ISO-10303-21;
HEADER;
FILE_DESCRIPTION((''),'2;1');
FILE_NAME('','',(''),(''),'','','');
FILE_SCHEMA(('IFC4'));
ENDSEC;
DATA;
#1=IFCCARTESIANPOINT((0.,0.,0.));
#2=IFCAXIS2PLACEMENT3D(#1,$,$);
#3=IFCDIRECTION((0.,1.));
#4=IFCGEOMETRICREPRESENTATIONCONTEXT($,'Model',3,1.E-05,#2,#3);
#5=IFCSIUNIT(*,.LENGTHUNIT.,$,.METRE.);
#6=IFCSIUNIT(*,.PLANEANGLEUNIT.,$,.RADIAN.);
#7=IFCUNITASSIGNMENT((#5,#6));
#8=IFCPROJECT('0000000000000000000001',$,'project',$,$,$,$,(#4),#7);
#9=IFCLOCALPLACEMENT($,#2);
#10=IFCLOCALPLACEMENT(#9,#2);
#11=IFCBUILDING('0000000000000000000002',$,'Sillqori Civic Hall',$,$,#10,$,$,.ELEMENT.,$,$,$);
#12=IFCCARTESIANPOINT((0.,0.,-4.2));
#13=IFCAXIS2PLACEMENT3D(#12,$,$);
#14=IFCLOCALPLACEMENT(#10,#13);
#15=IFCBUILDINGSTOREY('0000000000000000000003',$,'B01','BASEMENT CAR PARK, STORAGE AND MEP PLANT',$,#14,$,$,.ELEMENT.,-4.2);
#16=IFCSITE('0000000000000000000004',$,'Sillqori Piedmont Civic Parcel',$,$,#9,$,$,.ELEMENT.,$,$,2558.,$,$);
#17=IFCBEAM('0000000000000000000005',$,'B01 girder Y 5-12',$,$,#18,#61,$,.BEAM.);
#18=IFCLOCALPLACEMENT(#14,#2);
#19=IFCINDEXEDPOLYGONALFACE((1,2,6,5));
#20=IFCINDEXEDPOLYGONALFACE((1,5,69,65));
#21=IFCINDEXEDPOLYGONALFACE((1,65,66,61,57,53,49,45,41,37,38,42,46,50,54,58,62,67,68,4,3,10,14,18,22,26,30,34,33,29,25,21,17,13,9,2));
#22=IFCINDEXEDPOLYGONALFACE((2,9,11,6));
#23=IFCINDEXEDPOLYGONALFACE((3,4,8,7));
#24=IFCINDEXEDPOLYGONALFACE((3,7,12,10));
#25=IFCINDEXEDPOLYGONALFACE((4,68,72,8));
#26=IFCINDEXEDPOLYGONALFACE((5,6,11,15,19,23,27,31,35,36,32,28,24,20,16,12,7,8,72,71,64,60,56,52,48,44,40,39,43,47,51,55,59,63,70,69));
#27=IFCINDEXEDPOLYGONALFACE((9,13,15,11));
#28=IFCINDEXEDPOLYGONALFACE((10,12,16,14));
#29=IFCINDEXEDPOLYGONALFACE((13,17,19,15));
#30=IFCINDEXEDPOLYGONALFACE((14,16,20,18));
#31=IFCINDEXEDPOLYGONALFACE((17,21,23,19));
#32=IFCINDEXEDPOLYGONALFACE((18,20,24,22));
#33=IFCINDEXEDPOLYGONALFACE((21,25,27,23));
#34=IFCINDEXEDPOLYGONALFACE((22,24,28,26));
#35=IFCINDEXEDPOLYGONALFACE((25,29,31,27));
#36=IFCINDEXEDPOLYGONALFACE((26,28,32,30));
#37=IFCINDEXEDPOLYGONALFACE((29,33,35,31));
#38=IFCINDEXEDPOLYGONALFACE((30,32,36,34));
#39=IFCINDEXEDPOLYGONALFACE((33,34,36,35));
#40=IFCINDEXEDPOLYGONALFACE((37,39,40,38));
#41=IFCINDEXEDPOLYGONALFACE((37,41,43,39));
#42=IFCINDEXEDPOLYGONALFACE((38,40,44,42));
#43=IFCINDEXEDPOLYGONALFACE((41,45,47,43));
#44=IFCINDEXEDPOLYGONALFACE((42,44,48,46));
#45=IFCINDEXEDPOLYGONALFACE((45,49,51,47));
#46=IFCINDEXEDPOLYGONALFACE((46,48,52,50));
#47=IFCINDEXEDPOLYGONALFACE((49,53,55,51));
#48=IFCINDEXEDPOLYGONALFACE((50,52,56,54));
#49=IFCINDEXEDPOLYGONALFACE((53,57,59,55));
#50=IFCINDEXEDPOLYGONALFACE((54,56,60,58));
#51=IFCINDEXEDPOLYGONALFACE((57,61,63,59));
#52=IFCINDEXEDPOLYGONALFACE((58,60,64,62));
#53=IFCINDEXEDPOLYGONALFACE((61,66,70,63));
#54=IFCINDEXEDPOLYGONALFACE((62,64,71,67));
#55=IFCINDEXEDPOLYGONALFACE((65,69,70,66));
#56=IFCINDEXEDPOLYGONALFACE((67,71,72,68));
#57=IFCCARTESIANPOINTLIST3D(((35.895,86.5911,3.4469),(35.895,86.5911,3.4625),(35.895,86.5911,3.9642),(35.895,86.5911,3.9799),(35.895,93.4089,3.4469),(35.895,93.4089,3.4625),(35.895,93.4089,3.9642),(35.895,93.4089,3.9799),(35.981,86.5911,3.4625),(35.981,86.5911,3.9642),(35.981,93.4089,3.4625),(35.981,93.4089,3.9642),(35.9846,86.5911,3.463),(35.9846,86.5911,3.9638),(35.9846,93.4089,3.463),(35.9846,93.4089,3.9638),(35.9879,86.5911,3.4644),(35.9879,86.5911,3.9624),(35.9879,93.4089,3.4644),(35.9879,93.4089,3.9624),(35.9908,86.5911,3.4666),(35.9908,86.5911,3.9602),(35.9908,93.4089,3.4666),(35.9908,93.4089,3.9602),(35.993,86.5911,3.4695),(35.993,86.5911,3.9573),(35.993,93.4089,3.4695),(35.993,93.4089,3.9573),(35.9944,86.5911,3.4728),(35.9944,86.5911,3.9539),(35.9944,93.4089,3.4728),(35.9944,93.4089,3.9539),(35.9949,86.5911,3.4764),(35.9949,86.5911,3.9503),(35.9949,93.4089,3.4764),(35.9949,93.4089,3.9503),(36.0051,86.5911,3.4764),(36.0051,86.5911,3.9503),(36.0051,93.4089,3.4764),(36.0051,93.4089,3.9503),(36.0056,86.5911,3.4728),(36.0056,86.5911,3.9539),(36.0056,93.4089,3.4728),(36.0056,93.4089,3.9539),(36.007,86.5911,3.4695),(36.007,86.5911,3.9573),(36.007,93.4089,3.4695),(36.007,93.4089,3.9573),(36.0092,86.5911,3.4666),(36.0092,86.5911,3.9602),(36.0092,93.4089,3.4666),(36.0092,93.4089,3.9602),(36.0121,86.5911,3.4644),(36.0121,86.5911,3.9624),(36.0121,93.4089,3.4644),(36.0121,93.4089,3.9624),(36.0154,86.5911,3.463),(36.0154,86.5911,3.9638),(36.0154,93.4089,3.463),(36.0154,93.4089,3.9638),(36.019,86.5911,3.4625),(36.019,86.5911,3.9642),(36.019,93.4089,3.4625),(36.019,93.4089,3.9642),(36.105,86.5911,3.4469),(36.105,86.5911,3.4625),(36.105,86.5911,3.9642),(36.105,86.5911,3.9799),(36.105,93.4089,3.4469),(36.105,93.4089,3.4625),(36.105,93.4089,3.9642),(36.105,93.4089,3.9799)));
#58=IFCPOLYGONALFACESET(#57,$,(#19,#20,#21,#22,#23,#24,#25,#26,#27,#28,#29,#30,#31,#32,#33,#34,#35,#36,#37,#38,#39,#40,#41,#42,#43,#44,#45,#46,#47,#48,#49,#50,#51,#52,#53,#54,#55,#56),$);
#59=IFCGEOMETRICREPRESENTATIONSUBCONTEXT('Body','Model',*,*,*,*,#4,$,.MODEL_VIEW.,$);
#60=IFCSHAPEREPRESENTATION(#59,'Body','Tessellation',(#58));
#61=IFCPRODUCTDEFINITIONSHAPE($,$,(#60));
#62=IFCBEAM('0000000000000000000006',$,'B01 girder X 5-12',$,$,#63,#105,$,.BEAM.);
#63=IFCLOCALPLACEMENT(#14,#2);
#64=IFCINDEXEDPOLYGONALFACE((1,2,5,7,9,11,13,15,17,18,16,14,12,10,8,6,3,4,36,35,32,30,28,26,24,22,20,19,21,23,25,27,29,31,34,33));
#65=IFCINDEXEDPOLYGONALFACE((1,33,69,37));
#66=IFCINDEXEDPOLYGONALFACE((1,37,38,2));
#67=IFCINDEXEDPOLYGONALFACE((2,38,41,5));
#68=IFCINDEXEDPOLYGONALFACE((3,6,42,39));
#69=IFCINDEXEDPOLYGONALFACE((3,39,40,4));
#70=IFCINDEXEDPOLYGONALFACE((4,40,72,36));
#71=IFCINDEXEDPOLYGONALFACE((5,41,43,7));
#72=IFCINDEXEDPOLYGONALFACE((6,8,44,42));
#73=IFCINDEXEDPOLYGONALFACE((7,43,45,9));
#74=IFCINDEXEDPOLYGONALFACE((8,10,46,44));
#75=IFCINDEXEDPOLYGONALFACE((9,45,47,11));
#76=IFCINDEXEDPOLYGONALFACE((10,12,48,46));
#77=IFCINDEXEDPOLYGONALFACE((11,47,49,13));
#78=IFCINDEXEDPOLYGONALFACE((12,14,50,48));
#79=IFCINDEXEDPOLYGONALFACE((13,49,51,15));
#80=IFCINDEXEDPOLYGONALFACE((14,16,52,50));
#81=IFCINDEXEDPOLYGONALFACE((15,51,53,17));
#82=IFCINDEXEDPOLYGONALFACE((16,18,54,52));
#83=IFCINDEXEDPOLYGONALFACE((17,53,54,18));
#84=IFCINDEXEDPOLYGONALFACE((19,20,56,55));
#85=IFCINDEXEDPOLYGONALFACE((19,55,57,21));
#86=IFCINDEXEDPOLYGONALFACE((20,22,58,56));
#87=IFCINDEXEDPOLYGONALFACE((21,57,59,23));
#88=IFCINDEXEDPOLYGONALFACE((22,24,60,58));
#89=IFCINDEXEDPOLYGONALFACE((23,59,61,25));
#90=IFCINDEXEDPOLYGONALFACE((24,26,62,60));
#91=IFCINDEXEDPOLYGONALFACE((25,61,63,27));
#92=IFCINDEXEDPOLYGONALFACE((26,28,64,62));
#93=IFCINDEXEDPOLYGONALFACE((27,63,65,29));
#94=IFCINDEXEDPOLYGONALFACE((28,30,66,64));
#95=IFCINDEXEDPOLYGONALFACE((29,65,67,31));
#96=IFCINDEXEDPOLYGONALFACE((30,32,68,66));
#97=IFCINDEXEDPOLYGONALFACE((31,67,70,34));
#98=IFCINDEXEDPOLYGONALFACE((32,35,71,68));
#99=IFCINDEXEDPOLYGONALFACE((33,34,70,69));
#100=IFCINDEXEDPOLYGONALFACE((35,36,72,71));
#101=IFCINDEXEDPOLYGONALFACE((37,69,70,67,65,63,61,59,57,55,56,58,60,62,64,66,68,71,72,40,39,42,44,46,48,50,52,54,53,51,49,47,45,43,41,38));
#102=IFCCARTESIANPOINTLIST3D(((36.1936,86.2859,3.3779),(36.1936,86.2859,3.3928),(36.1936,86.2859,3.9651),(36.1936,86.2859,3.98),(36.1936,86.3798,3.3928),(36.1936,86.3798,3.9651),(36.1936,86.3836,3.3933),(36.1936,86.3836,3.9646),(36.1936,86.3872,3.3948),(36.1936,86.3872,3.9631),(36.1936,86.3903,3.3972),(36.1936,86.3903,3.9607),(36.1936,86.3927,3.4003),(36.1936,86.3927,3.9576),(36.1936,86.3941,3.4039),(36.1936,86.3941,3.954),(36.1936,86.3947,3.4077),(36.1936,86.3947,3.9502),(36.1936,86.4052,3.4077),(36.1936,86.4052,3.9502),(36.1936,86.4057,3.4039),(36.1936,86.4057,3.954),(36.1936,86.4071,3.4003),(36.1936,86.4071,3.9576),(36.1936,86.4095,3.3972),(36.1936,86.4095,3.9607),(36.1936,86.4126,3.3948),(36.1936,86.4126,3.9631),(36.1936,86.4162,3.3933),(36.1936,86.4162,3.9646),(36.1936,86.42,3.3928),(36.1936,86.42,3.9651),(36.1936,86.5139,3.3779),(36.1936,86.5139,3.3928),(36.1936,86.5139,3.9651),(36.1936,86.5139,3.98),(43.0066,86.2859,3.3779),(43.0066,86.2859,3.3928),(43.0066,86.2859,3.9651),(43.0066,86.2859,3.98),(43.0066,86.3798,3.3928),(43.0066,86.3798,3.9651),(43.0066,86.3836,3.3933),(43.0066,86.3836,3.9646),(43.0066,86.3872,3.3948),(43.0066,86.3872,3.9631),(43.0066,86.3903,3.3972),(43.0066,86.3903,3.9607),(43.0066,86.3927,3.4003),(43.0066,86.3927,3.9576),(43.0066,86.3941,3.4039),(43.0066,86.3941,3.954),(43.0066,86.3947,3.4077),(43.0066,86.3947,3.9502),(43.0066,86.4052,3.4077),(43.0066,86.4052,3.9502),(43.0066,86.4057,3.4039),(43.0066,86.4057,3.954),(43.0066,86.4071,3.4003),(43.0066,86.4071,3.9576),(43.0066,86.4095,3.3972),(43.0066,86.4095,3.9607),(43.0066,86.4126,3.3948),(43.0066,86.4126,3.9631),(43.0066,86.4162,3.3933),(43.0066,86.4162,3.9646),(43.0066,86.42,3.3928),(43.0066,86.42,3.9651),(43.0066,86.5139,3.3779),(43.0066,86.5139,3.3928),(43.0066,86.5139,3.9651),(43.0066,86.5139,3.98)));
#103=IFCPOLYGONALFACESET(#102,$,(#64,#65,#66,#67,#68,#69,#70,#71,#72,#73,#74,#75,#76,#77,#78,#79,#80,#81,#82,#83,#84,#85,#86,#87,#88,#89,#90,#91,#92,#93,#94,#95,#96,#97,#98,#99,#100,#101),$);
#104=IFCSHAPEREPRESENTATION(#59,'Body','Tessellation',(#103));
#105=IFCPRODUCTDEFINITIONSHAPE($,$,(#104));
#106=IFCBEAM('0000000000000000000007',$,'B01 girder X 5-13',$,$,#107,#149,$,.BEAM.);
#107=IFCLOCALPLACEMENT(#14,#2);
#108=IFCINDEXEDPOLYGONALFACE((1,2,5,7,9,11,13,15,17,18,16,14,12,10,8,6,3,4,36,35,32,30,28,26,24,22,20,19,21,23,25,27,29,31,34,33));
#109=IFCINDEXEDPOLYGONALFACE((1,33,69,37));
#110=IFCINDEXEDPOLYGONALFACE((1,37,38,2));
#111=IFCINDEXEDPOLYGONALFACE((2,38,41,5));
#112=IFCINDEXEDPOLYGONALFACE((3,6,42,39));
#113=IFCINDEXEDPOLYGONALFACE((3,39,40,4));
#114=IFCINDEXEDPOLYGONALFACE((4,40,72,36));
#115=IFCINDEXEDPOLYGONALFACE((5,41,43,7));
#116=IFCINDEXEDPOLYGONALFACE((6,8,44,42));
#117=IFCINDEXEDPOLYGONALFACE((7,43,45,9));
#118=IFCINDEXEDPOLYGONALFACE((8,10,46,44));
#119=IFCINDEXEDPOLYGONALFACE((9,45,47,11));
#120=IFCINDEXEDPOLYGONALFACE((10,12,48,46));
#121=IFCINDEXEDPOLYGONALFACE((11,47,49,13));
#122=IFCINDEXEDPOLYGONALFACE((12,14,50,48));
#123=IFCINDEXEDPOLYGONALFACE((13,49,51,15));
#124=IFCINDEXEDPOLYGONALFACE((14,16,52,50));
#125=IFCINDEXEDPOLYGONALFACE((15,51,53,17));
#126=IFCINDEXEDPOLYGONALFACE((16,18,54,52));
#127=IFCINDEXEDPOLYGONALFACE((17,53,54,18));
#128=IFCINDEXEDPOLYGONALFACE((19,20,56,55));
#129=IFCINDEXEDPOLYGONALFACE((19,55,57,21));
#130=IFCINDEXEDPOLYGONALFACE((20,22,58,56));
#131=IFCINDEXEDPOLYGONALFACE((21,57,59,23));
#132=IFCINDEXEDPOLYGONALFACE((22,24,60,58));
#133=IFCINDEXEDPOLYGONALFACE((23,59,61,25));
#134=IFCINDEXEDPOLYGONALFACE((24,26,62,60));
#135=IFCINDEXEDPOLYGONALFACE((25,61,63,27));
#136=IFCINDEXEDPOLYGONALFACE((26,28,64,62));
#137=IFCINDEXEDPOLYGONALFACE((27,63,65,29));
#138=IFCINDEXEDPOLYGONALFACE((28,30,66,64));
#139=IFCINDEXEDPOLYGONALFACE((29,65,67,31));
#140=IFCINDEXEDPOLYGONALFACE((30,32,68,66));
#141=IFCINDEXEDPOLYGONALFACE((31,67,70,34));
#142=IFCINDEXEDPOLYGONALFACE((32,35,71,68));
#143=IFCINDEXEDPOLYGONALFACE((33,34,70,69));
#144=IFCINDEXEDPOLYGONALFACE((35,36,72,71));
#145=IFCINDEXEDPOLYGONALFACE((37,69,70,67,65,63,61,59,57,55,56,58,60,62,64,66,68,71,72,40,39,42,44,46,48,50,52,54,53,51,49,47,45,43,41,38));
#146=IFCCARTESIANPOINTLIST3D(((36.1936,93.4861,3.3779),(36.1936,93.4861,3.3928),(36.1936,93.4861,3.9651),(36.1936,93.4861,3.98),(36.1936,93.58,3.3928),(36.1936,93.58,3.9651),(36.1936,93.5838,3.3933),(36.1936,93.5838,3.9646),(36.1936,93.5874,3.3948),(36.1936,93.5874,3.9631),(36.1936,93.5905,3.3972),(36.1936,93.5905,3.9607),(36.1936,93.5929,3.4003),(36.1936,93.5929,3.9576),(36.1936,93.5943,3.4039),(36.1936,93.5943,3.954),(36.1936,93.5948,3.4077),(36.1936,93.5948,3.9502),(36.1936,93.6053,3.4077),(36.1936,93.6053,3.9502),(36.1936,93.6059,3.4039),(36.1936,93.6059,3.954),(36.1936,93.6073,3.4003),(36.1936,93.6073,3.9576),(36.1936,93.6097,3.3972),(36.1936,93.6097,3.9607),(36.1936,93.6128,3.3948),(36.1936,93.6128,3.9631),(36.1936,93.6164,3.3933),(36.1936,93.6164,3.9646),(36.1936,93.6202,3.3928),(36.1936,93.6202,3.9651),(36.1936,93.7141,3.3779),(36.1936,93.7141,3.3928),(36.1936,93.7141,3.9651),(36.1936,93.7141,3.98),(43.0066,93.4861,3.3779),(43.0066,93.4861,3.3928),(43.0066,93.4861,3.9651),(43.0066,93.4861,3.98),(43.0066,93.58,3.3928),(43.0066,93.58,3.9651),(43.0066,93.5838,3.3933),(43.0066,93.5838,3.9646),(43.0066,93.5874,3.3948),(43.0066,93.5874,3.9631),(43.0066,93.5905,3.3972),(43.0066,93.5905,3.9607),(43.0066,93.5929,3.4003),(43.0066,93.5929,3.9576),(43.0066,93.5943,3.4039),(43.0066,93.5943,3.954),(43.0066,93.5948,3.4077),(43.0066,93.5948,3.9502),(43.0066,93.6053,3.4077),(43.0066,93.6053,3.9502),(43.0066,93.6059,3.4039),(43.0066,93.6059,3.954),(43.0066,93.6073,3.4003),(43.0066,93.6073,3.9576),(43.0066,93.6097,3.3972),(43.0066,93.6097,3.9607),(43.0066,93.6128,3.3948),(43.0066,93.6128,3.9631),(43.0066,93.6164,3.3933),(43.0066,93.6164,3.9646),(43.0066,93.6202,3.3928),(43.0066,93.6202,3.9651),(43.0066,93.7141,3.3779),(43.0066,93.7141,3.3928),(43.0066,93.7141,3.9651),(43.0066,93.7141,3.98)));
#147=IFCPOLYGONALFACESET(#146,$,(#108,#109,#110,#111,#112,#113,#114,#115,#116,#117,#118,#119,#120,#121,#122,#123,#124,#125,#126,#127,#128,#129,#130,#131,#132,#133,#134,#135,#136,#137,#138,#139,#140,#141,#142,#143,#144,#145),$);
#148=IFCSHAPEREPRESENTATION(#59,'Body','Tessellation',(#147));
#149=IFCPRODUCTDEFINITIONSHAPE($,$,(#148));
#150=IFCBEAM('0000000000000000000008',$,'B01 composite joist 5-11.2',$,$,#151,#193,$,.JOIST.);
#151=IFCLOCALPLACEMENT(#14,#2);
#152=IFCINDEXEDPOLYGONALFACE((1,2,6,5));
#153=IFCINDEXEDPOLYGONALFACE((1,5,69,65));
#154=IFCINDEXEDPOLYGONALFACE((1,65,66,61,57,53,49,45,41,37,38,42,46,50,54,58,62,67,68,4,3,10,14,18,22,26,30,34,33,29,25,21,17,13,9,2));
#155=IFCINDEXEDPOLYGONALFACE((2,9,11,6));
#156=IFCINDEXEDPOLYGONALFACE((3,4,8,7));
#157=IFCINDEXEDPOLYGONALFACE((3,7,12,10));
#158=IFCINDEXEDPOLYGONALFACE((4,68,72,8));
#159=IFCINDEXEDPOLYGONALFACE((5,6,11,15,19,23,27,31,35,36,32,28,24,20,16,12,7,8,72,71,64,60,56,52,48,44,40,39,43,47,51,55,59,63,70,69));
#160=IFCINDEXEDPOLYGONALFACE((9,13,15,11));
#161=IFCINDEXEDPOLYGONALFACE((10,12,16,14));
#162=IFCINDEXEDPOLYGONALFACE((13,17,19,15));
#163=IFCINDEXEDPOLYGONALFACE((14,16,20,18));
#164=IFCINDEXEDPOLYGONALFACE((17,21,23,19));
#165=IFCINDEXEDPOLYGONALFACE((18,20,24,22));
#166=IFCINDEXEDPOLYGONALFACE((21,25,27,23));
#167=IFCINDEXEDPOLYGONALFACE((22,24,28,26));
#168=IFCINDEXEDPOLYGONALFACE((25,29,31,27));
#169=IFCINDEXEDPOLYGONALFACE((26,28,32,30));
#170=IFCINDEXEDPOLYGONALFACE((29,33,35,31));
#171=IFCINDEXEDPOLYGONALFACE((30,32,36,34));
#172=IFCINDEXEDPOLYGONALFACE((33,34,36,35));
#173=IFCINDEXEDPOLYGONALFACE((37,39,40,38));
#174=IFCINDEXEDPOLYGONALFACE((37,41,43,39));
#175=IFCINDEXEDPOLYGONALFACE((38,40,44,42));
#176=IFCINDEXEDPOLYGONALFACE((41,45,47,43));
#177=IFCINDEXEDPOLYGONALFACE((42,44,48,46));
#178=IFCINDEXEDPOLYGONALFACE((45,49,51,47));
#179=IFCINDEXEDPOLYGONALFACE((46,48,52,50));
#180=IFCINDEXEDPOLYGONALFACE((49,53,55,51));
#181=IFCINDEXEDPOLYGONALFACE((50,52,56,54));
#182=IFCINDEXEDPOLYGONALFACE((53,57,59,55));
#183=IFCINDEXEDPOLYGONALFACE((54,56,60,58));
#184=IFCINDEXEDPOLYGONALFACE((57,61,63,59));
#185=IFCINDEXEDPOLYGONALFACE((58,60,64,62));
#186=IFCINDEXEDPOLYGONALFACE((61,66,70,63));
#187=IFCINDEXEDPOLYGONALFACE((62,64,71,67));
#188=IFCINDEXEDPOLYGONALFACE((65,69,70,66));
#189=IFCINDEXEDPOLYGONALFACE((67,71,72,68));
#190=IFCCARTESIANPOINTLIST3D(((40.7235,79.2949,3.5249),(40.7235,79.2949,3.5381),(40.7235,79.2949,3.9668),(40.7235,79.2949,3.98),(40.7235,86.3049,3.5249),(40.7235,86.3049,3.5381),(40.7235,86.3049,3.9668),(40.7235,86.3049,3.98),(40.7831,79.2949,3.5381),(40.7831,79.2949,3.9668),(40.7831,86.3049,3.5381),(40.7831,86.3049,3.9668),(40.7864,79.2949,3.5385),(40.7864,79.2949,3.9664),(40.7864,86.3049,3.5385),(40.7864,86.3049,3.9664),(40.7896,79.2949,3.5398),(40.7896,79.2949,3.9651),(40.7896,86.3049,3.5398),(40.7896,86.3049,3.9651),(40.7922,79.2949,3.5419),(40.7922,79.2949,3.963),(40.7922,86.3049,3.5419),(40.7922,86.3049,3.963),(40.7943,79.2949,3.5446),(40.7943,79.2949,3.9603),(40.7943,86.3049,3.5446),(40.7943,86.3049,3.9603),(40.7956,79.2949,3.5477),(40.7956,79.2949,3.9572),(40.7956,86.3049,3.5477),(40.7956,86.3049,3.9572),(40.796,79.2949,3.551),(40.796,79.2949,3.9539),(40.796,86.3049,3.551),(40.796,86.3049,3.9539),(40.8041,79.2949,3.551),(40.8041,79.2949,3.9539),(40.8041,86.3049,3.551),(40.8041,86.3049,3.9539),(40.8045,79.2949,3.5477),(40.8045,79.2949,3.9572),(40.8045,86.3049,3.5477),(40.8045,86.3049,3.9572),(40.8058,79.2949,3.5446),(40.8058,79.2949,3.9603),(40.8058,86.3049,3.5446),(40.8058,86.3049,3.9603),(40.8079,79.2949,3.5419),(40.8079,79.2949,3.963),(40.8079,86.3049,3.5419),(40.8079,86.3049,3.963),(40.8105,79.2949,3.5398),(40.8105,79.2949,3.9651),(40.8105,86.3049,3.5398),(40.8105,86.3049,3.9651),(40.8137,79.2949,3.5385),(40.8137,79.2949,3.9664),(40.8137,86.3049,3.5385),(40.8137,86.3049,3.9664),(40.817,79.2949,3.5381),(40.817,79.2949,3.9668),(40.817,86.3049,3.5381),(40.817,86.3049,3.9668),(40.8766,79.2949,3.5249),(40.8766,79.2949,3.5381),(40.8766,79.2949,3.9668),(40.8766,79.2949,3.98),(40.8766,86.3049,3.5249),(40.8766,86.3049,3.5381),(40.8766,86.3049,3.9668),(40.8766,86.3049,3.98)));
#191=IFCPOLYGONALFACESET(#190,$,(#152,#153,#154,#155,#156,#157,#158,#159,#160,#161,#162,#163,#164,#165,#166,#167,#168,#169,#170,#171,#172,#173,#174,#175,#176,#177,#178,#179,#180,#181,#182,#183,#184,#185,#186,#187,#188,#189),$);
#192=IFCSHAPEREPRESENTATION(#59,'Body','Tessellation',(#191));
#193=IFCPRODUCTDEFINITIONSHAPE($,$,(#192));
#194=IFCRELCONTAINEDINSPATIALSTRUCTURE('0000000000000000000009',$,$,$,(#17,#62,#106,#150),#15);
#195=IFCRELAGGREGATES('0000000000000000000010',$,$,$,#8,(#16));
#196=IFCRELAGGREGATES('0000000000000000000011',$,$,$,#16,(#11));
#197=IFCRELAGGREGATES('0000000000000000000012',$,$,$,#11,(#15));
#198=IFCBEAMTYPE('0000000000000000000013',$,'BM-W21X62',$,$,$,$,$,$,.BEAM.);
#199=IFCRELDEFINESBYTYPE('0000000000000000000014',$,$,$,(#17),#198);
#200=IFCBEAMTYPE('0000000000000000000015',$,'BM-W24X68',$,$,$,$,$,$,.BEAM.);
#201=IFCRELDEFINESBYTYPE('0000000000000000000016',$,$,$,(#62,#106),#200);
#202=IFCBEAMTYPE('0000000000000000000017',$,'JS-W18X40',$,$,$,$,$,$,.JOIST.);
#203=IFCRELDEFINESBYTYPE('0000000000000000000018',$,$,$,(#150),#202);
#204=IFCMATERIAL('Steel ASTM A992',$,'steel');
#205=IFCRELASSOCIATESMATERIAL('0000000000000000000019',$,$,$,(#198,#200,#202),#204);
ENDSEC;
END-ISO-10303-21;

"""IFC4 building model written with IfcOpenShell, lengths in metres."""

from ifc_helpers import new_model, si_unit, direction, frame, origin, origin_2d, place, context, subcontext, project, spatial, i_section, extrude, material, material_profile, profile_set, type_object, element, save


model = new_model("IFC4")

# Units and contexts
model_context = context("Model", 3, precision=1e-05, world=origin(), true_north=direction((0.0, 1.0)))
body_context = subcontext(model_context, "Body", "Model", "MODEL_VIEW")
ifc_project = project(units=[si_unit("LENGTHUNIT", "METRE"), si_unit("PLANEANGLEUNIT", "RADIAN")], contexts=[model_context])

# Site, building, storey
site_placement = place(None, origin())
site = spatial("IfcSite", under=ifc_project, at=site_placement, Name="Sillqori Piedmont Civic Parcel", CompositionType="ELEMENT", RefElevation=2558.0)
building_placement = place(site_placement, origin())
building = spatial("IfcBuilding", under=site, at=building_placement, Name="Sillqori Civic Hall", CompositionType="ELEMENT")
storey_placement = place(building_placement, frame((0.0, 0.0, -4.2)))
storey = spatial("IfcBuildingStorey", under=building, at=storey_placement, Name="B01", Description="BASEMENT CAR PARK, STORAGE AND MEP PLANT", CompositionType="ELEMENT", Elevation=-4.2)

# Shared definitions
ifc_material_1 = material(Name="Steel ASTM A992", Category="steel")

# Beams
ifc_material_profile_1 = material_profile(ifc_material_1, i_section(OverallWidth=0.21, OverallDepth=0.533, WebThickness=0.0103, FlangeThickness=0.0156, FilletRadius=0.0139, at=origin_2d()), Name="W21X62")
ifc_profile_set_1 = profile_set([ifc_material_profile_1], Name="Steel ASTM A992")
beam_type_1 = type_object("IfcBeamType", Name="BM-W21X62", PredefinedType="BEAM", material=ifc_profile_set_1)
beam_1_placement = place(storey_placement, frame((36.0, 86.5911, 3.7134), z_axis=(0.0, 1.0, 0.0), x_axis=(-1.0, 0.0, 0.0)))
element("IfcBeam", 1, at=beam_1_placement, inside=storey, type_object=beam_type_1, Name="B01 girder Y 5-12", PredefinedType="BEAM", context=body_context, shape_type="SweptSolid", body=[
    extrude(i_section(OverallWidth=0.21, OverallDepth=0.533, WebThickness=0.0103, FlangeThickness=0.0156, FilletRadius=0.0139, at=origin_2d()), origin(), (0.0, 0.0, 1.0), 6.8179),
])
ifc_material_profile_2 = material_profile(ifc_material_1, i_section(OverallWidth=0.228, OverallDepth=0.6021, WebThickness=0.0105, FlangeThickness=0.0149, FilletRadius=0.0149, at=origin_2d()), Name="W24X68")
ifc_profile_set_2 = profile_set([ifc_material_profile_2], Name="Steel ASTM A992")
beam_type_2 = type_object("IfcBeamType", Name="BM-W24X68", PredefinedType="BEAM", material=ifc_profile_set_2)
for number, where, z_axis, x_axis, name in (
    (2, (36.1936, 86.3999, 3.679), (1.0, 0.0, 0.0), (0.0, 1.0, 0.0), "B01 girder X 5-12"),
    (3, (36.1936, 93.6001, 3.679), (1.0, 0.0, 0.0), (0.0, 1.0, 0.0), "B01 girder X 5-13"),
):
    element("IfcBeam", number, at=place(storey_placement, frame(where, z_axis=z_axis, x_axis=x_axis)), inside=storey, type_object=beam_type_2, Name=name, PredefinedType="BEAM", context=body_context, shape_type="SweptSolid", body=[
        extrude(i_section(OverallWidth=0.228, OverallDepth=0.6021, WebThickness=0.0105, FlangeThickness=0.0149, FilletRadius=0.0149, at=origin_2d()), origin(), (0.0, 0.0, 1.0), 6.813),
    ])
ifc_material_profile_3 = material_profile(ifc_material_1, i_section(OverallWidth=0.1531, OverallDepth=0.4551, WebThickness=0.0081, FlangeThickness=0.0132, FilletRadius=0.0129, at=origin_2d()), Name="W18X40")
ifc_profile_set_3 = profile_set([ifc_material_profile_3], Name="Steel ASTM A992")
beam_type_3 = type_object("IfcBeamType", Name="JS-W18X40", PredefinedType="JOIST", material=ifc_profile_set_3)
beam_2_placement = place(storey_placement, frame((40.8, 79.2949, 3.7524), z_axis=(0.0, 1.0, 0.0), x_axis=(-1.0, 0.0, 0.0)))
element("IfcBeam", 4, at=beam_2_placement, inside=storey, type_object=beam_type_3, Name="B01 composite joist 5-11.2", PredefinedType="JOIST", context=body_context, shape_type="SweptSolid", body=[
    extrude(i_section(OverallWidth=0.1531, OverallDepth=0.4551, WebThickness=0.0081, FlangeThickness=0.0132, FilletRadius=0.0129, at=origin_2d()), origin(), (0.0, 0.0, 1.0), 7.01),
])

save(model, "model.ifc")
